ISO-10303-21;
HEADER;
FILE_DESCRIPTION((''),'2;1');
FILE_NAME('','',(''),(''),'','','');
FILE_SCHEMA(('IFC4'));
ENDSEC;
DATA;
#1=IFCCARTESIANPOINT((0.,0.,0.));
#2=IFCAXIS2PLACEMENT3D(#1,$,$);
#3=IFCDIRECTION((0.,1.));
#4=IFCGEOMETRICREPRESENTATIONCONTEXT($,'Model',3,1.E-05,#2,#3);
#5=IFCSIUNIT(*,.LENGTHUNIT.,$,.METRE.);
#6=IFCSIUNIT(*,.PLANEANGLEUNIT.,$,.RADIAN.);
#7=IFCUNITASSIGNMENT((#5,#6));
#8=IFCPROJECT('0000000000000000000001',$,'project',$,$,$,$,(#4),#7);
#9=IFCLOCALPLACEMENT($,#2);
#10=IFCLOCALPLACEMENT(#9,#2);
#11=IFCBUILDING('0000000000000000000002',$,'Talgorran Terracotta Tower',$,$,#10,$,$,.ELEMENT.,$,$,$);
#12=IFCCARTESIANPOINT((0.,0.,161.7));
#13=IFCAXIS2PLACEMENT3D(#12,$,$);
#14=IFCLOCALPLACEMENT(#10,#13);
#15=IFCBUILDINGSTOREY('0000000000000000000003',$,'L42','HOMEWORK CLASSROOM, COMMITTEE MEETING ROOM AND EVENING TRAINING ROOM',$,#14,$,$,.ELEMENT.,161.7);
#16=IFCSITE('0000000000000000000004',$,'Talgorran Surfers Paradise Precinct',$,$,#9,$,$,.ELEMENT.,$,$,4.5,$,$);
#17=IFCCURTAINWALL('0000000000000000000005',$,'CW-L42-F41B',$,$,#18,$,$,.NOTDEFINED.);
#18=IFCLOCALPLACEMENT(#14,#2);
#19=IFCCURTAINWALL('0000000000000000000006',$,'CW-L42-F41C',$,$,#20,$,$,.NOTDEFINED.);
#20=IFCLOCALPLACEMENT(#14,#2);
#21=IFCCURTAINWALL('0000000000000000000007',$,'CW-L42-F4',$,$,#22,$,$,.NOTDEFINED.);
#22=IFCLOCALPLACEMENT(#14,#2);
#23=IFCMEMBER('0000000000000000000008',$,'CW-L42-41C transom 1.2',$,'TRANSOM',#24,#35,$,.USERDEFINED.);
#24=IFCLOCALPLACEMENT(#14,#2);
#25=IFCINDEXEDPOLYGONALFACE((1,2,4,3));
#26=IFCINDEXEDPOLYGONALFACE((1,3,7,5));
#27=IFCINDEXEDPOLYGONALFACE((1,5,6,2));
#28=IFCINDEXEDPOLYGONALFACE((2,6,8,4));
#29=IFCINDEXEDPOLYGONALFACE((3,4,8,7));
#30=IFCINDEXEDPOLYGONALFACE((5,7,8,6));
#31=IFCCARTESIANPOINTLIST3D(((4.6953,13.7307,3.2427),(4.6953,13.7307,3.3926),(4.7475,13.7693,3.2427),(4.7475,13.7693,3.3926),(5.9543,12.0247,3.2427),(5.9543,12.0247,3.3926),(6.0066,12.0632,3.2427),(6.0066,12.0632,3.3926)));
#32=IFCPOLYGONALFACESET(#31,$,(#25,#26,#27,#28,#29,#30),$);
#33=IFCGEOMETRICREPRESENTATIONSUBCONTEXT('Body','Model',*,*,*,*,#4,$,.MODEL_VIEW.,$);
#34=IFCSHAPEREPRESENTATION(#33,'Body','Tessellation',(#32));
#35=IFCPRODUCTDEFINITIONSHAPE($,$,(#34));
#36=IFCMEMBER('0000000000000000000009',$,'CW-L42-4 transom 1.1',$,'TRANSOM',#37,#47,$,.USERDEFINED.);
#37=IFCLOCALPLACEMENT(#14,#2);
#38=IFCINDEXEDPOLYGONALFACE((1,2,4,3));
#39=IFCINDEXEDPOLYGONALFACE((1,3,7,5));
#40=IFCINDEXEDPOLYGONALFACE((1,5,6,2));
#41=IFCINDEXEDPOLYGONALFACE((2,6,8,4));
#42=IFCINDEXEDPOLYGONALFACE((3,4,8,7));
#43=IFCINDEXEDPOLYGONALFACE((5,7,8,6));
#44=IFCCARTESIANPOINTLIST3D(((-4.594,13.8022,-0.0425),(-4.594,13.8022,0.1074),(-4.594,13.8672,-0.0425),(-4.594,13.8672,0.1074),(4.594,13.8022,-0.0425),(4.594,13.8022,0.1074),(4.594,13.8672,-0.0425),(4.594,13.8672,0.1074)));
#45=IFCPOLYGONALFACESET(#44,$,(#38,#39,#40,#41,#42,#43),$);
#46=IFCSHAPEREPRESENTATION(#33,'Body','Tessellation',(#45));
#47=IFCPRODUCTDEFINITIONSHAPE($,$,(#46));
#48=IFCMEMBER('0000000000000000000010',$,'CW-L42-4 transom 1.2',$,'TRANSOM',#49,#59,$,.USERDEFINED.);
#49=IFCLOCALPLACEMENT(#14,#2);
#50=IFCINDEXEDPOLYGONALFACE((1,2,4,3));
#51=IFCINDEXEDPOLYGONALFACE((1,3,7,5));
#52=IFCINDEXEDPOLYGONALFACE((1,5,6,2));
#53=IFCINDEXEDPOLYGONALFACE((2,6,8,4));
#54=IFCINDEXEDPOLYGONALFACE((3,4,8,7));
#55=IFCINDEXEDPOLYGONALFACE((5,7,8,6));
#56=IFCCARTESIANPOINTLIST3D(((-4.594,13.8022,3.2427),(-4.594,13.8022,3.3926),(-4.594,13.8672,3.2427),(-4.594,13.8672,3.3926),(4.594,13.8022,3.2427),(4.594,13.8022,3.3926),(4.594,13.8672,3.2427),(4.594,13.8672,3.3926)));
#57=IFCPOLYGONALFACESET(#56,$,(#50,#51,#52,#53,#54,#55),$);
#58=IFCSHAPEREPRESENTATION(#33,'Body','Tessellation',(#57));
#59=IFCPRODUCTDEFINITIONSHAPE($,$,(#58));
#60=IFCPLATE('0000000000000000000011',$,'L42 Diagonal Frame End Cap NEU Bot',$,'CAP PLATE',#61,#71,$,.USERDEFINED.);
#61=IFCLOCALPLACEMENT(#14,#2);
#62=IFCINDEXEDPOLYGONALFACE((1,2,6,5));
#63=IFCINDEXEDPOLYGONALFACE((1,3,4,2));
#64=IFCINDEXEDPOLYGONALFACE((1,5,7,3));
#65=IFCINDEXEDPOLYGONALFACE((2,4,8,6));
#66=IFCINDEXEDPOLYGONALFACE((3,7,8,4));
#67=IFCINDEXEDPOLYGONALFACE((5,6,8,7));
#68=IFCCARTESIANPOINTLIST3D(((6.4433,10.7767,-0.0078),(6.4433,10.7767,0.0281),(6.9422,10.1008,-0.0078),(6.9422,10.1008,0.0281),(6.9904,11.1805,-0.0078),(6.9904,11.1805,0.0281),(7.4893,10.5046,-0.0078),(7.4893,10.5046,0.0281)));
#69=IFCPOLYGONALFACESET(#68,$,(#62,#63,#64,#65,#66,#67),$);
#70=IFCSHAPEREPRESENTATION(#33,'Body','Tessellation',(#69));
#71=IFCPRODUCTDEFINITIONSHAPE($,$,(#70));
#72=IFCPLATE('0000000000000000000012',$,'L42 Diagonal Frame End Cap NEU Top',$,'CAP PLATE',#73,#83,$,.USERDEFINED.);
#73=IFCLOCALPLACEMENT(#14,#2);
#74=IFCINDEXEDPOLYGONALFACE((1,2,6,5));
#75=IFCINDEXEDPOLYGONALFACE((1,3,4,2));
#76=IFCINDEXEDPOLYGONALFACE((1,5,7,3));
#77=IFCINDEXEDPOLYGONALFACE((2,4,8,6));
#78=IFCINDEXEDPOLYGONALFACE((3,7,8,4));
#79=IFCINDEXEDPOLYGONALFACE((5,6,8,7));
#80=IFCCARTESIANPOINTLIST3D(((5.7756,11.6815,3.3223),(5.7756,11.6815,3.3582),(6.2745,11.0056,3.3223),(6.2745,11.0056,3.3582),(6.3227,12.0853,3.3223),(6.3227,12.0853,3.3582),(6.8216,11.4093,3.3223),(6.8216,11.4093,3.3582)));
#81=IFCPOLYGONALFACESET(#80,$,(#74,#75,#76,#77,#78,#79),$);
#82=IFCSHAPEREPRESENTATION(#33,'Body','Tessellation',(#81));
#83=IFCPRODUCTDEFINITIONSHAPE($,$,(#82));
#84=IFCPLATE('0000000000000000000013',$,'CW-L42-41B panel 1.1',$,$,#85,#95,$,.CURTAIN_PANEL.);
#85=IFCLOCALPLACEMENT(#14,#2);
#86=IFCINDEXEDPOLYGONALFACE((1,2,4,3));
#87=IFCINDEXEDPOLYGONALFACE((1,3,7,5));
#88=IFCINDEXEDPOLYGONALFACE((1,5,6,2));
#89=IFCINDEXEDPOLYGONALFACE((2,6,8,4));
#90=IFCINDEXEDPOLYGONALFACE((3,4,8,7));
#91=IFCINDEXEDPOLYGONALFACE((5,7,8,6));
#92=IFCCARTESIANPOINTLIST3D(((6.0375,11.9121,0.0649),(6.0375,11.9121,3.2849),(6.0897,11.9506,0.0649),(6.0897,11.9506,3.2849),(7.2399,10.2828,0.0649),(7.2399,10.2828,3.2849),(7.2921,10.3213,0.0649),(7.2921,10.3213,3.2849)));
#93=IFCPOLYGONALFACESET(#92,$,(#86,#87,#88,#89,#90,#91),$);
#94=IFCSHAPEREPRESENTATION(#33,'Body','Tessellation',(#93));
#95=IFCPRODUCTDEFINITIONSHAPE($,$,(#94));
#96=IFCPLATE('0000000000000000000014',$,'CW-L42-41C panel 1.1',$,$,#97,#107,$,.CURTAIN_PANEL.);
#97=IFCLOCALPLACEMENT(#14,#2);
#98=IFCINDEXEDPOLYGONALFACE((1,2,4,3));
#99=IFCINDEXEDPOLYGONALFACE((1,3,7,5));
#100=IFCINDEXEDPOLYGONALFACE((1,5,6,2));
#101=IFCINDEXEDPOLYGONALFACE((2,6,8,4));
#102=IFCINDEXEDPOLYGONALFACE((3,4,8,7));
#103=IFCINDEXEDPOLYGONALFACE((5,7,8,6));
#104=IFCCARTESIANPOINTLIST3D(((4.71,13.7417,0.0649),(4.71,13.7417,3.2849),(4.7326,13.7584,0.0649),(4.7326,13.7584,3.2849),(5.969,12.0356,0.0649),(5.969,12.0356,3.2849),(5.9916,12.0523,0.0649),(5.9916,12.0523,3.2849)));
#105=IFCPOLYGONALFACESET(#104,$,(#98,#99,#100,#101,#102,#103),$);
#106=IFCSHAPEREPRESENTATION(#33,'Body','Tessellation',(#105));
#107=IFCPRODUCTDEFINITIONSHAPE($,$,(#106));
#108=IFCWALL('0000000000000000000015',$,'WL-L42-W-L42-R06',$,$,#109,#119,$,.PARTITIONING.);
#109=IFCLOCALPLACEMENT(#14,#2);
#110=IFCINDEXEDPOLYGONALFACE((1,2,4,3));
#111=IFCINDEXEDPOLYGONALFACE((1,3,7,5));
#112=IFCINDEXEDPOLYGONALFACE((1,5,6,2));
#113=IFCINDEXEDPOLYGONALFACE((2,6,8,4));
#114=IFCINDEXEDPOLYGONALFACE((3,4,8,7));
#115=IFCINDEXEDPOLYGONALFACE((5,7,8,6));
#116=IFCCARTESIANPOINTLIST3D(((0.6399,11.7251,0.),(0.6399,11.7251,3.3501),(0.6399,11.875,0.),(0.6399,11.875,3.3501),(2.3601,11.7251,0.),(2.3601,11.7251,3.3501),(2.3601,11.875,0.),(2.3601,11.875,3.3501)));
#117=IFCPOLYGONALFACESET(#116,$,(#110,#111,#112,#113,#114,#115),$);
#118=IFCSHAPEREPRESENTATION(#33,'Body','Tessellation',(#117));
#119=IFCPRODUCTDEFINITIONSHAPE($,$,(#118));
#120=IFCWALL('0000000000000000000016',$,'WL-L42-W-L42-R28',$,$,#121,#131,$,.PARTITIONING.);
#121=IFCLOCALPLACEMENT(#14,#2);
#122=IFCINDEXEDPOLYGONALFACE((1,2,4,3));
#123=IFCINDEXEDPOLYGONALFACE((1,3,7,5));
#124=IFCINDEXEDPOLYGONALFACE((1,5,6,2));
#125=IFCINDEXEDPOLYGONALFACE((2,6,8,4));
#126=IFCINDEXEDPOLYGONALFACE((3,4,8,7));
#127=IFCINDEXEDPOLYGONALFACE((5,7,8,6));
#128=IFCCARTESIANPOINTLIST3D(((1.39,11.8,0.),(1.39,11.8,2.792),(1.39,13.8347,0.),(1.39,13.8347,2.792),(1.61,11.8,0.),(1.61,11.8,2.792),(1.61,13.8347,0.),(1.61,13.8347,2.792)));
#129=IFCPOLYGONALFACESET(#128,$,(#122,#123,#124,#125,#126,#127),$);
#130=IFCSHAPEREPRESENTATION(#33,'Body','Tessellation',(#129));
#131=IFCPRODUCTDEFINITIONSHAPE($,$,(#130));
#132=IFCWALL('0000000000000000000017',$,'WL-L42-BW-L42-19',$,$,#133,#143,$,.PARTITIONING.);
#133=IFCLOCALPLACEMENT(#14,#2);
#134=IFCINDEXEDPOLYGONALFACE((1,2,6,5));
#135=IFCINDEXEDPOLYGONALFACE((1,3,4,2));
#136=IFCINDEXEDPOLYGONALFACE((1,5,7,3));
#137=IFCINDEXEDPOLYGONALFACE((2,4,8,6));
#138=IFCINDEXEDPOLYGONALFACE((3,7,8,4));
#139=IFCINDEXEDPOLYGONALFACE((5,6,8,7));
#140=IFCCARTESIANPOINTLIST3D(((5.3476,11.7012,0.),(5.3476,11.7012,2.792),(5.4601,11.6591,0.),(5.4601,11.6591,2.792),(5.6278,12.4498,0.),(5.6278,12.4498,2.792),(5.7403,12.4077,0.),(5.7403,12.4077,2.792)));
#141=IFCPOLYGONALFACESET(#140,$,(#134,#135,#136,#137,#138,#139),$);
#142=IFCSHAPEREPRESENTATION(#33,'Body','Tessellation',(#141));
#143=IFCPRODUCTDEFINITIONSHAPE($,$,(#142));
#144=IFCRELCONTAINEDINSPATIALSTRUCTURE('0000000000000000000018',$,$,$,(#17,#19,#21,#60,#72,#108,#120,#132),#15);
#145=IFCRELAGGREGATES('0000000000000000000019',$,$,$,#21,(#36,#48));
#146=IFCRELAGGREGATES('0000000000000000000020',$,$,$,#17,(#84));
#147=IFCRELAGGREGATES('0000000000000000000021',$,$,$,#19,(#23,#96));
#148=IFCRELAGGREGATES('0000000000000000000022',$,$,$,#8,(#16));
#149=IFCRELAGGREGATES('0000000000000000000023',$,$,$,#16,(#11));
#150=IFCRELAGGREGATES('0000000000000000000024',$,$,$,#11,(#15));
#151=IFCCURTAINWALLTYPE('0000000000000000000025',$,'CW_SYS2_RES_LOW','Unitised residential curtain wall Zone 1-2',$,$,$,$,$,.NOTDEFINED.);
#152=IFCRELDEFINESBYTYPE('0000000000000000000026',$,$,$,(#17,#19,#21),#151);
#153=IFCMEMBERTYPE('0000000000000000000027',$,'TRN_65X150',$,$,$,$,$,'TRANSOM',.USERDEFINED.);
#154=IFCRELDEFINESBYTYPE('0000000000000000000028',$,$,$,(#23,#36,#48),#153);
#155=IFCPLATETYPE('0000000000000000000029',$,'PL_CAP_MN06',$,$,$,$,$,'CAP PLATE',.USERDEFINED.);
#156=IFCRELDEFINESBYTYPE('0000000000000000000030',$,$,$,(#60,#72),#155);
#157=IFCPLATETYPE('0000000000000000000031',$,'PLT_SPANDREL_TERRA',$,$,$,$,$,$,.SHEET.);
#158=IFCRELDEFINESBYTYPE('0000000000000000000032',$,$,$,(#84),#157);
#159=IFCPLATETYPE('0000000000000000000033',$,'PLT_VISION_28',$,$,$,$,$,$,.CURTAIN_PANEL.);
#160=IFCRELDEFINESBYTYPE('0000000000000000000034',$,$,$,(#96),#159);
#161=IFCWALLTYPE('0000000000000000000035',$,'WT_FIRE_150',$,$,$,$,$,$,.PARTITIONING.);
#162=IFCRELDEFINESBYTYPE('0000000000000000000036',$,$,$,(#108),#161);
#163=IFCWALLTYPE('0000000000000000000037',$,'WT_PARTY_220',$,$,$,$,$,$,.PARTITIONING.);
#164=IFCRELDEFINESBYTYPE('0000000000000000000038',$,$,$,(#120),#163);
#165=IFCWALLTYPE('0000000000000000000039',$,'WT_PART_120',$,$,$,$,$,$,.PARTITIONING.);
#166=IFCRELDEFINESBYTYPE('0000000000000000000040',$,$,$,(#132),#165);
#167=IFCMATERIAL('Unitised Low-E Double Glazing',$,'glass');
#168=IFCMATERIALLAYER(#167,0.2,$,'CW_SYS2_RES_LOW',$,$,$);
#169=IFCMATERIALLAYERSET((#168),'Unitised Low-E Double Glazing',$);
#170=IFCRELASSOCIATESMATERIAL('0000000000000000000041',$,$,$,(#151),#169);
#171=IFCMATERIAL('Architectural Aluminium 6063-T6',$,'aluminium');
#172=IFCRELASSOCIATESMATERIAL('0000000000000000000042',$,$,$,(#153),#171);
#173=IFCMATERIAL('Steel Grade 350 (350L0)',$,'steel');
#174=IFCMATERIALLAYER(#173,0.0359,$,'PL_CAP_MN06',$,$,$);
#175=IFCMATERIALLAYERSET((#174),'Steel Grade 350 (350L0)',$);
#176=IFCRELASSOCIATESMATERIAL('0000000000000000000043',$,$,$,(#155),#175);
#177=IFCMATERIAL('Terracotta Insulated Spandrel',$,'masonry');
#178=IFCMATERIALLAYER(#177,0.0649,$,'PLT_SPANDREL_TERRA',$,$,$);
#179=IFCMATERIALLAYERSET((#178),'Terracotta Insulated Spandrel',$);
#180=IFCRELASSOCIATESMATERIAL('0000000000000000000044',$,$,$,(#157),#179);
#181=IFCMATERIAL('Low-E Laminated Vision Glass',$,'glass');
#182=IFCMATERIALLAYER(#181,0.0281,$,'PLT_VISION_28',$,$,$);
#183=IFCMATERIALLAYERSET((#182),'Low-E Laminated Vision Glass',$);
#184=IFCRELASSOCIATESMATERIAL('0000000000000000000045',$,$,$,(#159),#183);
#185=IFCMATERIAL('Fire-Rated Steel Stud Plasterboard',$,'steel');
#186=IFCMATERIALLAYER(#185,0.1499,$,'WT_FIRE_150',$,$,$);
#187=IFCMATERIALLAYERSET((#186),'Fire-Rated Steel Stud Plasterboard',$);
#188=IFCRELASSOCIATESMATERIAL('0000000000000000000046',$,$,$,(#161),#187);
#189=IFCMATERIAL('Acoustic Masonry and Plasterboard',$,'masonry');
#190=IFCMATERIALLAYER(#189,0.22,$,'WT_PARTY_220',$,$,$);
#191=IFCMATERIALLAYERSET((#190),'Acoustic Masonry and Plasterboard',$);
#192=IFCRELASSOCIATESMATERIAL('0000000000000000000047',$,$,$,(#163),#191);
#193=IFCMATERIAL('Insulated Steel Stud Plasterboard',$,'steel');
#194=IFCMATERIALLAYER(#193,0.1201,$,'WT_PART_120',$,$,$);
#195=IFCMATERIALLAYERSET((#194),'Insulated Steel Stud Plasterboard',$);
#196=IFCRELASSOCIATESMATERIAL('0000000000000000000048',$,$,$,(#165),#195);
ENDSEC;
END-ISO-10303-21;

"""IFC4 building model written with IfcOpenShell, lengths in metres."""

from ifc_helpers import new_model, si_unit, direction, frame, frame_2d, origin, origin_2d, place, context, subcontext, project, spatial, rectangle, extrude, source, transform, mapped, material, layer, layer_set, material_profile, profile_set, type_object, type_shapes, element, aggregate, save


model = new_model("IFC4")

# Units and contexts
model_context = context("Model", 3, precision=1e-05, world=origin(), true_north=direction((0.0, 1.0)))
body_context = subcontext(model_context, "Body", "Model", "MODEL_VIEW")
ifc_project = project(units=[si_unit("LENGTHUNIT", "METRE"), si_unit("PLANEANGLEUNIT", "RADIAN")], contexts=[model_context])

# Site, building, storey
site_placement = place(None, origin())
site = spatial("IfcSite", under=ifc_project, at=site_placement, Name="Talgorran Surfers Paradise Precinct", CompositionType="ELEMENT", RefElevation=4.5)
building_placement = place(site_placement, origin())
building = spatial("IfcBuilding", under=site, at=building_placement, Name="Talgorran Terracotta Tower", CompositionType="ELEMENT")
storey_placement = place(building_placement, frame((0.0, 0.0, 161.7)))
storey = spatial("IfcBuildingStorey", under=building, at=storey_placement, Name="L42", Description="HOMEWORK CLASSROOM, COMMITTEE MEETING ROOM AND EVENING TRAINING ROOM", CompositionType="ELEMENT", Elevation=161.7)

# Shared definitions
ifc_material_1 = material(Name="Steel Grade 350 (350L0)", Category="steel")

# Shared definitions
ifc_material_2 = material(Name="Unitised Low-E Double Glazing", Category="glass")
ifc_layer_1 = layer(ifc_material_2, 0.2, Name="CW_SYS2_RES_LOW")
ifc_layer_set_1 = layer_set([ifc_layer_1], Name="Unitised Low-E Double Glazing")
curtain_wall_type = type_object("IfcCurtainWallType", Name="CW_SYS2_RES_LOW", Description="Unitised residential curtain wall Zone 1-2", PredefinedType="NOTDEFINED", material=ifc_layer_set_1)
ifc_material_3 = material(Name="Architectural Aluminium 6063-T6", Category="aluminium")

# Curtain walls
curtain_wall_1_placement = place(storey_placement, origin())
curtain_wall_1 = element("IfcCurtainWall", 1, at=curtain_wall_1_placement, inside=storey, type_object=curtain_wall_type, Name="CW-L42-F41B", PredefinedType="NOTDEFINED")
curtain_wall_2_placement = place(storey_placement, origin())
curtain_wall_2 = element("IfcCurtainWall", 2, at=curtain_wall_2_placement, inside=storey, type_object=curtain_wall_type, Name="CW-L42-F41C", PredefinedType="NOTDEFINED")

# Curtain wall
curtain_wall_3_placement = place(storey_placement, origin())
curtain_wall_3 = element("IfcCurtainWall", 3, at=curtain_wall_3_placement, inside=storey, type_object=curtain_wall_type, Name="CW-L42-F4", PredefinedType="NOTDEFINED")

# Members
ifc_material_profile_1 = material_profile(ifc_material_3, rectangle(XDim=0.0649, YDim=0.1499, at=origin_2d()), Name="CWT65X150")
ifc_profile_set_1 = profile_set([ifc_material_profile_1], Name="Architectural Aluminium 6063-T6")
member_type_1 = type_object("IfcMemberType", Name="TRN_65X150", ElementType="TRANSOM", PredefinedType="USERDEFINED", material=ifc_profile_set_1)
member_1_placement = place(storey_placement, frame((5.9805, 12.0439, 3.3176), z_axis=(-0.593792, 0.804619, 0.0), x_axis=(-0.804619, -0.593792, 0.0)))
member_1 = element("IfcMember", 4, at=member_1_placement, type_object=member_type_1, Name="CW-L42-41C transom 1.2", ObjectType="TRANSOM", PredefinedType="USERDEFINED", context=body_context, shape_type="SweptSolid", body=[
    extrude(rectangle(XDim=0.0649, YDim=0.1499, at=origin_2d()), origin(), (0.0, 0.0, 1.0), 2.1204),
])
member_2_placement = place(storey_placement, frame((4.594, 13.8347, 0.0325), z_axis=(-1.0, 0.0, 0.0), x_axis=(0.0, -1.0, 0.0)))
member_2 = element("IfcMember", 5, at=member_2_placement, type_object=member_type_1, Name="CW-L42-4 transom 1.1", ObjectType="TRANSOM", PredefinedType="USERDEFINED", context=body_context, shape_type="SweptSolid", body=[
    extrude(rectangle(XDim=0.0649, YDim=0.1499, at=origin_2d()), origin(), (0.0, 0.0, 1.0), 9.188),
])
member_3_placement = place(storey_placement, frame((4.594, 13.8347, 3.3176), z_axis=(-1.0, 0.0, 0.0), x_axis=(0.0, -1.0, 0.0)))
member_3 = element("IfcMember", 6, at=member_3_placement, type_object=member_type_1, Name="CW-L42-4 transom 1.2", ObjectType="TRANSOM", PredefinedType="USERDEFINED", context=body_context, shape_type="SweptSolid", body=[
    extrude(rectangle(XDim=0.0649, YDim=0.1499, at=origin_2d()), origin(), (0.0, 0.0, 1.0), 9.188),
])
aggregate(curtain_wall_3, [member_2, member_3])

# Plates
ifc_layer_2 = layer(ifc_material_1, 0.0359, Name="PL_CAP_MN06")
ifc_layer_set_2 = layer_set([ifc_layer_2], Name="Steel Grade 350 (350L0)")
plate_type_1 = type_object("IfcPlateType", Name="PL_CAP_MN06", ElementType="CAP PLATE", PredefinedType="USERDEFINED", material=ifc_layer_set_2)
for number, where, z_axis, x_axis, name in (
    (7, (6.9663, 10.6406, -0.0078), (0.0, 0.0, 1.0), (-0.59384, 0.804583, 0.0), "L42 Diagonal Frame End Cap NEU Bot"),
    (8, (6.2986, 11.5454, 3.3223), (0.0, 0.0, 1.0), (-0.59384, 0.804583, 0.0), "L42 Diagonal Frame End Cap NEU Top"),
):
    element("IfcPlate", number, at=place(storey_placement, frame(where, z_axis=z_axis, x_axis=x_axis)), inside=storey, type_object=plate_type_1, Name=name, ObjectType="CAP PLATE", PredefinedType="USERDEFINED", context=body_context, shape_type="SweptSolid", body=[
        extrude(rectangle(XDim=0.8401, YDim=0.6799, at=origin_2d()), origin(), (0.0, 0.0, 1.0), 0.0359),
    ])

# Plates
ifc_material_4 = material(Name="Terracotta Insulated Spandrel", Category="masonry")
ifc_layer_3 = layer(ifc_material_4, 0.0649, Name="PLT_SPANDREL_TERRA")
ifc_layer_set_3 = layer_set([ifc_layer_3], Name="Terracotta Insulated Spandrel")
plate_type_2 = type_object("IfcPlateType", Name="PLT_SPANDREL_TERRA", PredefinedType="SHEET", material=ifc_layer_set_3)
shared_shape_1 = source(origin(), body_context, "Body", "SweptSolid", [
    extrude(rectangle(XDim=2.0249, YDim=0.0649, at=origin_2d()), origin(), (0.0, 0.0, 1.0), 3.22),
])
type_shapes(plate_type_2, [shared_shape_1])
plate_1_placement = place(storey_placement, frame((6.6648, 11.1167, 0.0649), z_axis=(0.0, 0.0, 1.0), x_axis=(-0.593797, 0.804615, 0.0)))
plate_1 = element("IfcPlate", 9, at=plate_1_placement, type_object=plate_type_2, Name="CW-L42-41B panel 1.1", PredefinedType="CURTAIN_PANEL", context=body_context, shape_type="MappedRepresentation", body=[
    mapped(shared_shape_1, transform((0.0, 0.0, 0.0), scale=1.0)),
])
aggregate(curtain_wall_1, [plate_1])
ifc_material_5 = material(Name="Low-E Laminated Vision Glass", Category="glass")
ifc_layer_4 = layer(ifc_material_5, 0.0281, Name="PLT_VISION_28")
ifc_layer_set_4 = layer_set([ifc_layer_4], Name="Low-E Laminated Vision Glass")
plate_type_3 = type_object("IfcPlateType", Name="PLT_VISION_28", PredefinedType="CURTAIN_PANEL", material=ifc_layer_set_4)
shared_shape_2 = source(origin(), body_context, "Body", "SweptSolid", [
    extrude(rectangle(XDim=2.1204, YDim=0.0281, at=origin_2d()), origin(), (0.0, 0.0, 1.0), 3.22),
])
type_shapes(plate_type_3, [shared_shape_2])
plate_2_placement = place(storey_placement, frame((5.3508, 12.897, 0.0649), z_axis=(0.0, 0.0, 1.0), x_axis=(-0.593775, 0.804631, 0.0)))
plate_2 = element("IfcPlate", 10, at=plate_2_placement, type_object=plate_type_3, Name="CW-L42-41C panel 1.1", PredefinedType="CURTAIN_PANEL", context=body_context, shape_type="MappedRepresentation", body=[
    mapped(shared_shape_2, transform((0.0, 0.0, 0.0), scale=1.0)),
])
aggregate(curtain_wall_2, [member_1, plate_2])

# Walls
ifc_material_6 = material(Name="Fire-Rated Steel Stud Plasterboard", Category="steel")
ifc_layer_5 = layer(ifc_material_6, 0.1499, Name="WT_FIRE_150")
ifc_layer_set_5 = layer_set([ifc_layer_5], Name="Fire-Rated Steel Stud Plasterboard")
wall_type_1 = type_object("IfcWallType", Name="WT_FIRE_150", PredefinedType="PARTITIONING", material=ifc_layer_set_5)
wall_1_placement = place(storey_placement, frame((0.6399, 11.8, 0.0), z_axis=(0.0, 0.0, 1.0), x_axis=(1.0, 0.0, 0.0)))
element("IfcWall", 11, at=wall_1_placement, inside=storey, type_object=wall_type_1, Name="WL-L42-W-L42-R06", PredefinedType="PARTITIONING", context=body_context, shape_type="SweptSolid", body=[
    extrude(rectangle(XDim=1.7202, YDim=0.1499, at=frame_2d((0.8601, 0.0))), origin(), (0.0, 0.0, 1.0), 3.3501),
])
ifc_material_7 = material(Name="Acoustic Masonry and Plasterboard", Category="masonry")
ifc_layer_6 = layer(ifc_material_7, 0.22, Name="WT_PARTY_220")
ifc_layer_set_6 = layer_set([ifc_layer_6], Name="Acoustic Masonry and Plasterboard")
wall_type_2 = type_object("IfcWallType", Name="WT_PARTY_220", PredefinedType="PARTITIONING", material=ifc_layer_set_6)
wall_2_placement = place(storey_placement, frame((1.5, 11.8, 0.0), z_axis=(0.0, 0.0, 1.0), x_axis=(0.0, 1.0, 0.0)))
element("IfcWall", 12, at=wall_2_placement, inside=storey, type_object=wall_type_2, Name="WL-L42-W-L42-R28", PredefinedType="PARTITIONING", context=body_context, shape_type="SweptSolid", body=[
    extrude(rectangle(XDim=2.0347, YDim=0.22, at=frame_2d((1.0173, 0.0))), origin(), (0.0, 0.0, 1.0), 2.792),
])
ifc_material_8 = material(Name="Insulated Steel Stud Plasterboard", Category="steel")
ifc_layer_7 = layer(ifc_material_8, 0.1201, Name="WT_PART_120")
ifc_layer_set_7 = layer_set([ifc_layer_7], Name="Insulated Steel Stud Plasterboard")
wall_type_3 = type_object("IfcWallType", Name="WT_PART_120", PredefinedType="PARTITIONING", material=ifc_layer_set_7)
wall_3_placement = place(storey_placement, frame((5.4038, 11.6802, 0.0), z_axis=(0.0, 0.0, 1.0), x_axis=(0.350655, 0.936505, 0.0)))
element("IfcWall", 13, at=wall_3_placement, inside=storey, type_object=wall_type_3, Name="WL-L42-BW-L42-19", PredefinedType="PARTITIONING", context=body_context, shape_type="SweptSolid", body=[
    extrude(rectangle(XDim=0.7993, YDim=0.1201, at=frame_2d((0.3997, 0.0))), origin(), (0.0, 0.0, 1.0), 2.792),
])

save(model, "model.ifc")
